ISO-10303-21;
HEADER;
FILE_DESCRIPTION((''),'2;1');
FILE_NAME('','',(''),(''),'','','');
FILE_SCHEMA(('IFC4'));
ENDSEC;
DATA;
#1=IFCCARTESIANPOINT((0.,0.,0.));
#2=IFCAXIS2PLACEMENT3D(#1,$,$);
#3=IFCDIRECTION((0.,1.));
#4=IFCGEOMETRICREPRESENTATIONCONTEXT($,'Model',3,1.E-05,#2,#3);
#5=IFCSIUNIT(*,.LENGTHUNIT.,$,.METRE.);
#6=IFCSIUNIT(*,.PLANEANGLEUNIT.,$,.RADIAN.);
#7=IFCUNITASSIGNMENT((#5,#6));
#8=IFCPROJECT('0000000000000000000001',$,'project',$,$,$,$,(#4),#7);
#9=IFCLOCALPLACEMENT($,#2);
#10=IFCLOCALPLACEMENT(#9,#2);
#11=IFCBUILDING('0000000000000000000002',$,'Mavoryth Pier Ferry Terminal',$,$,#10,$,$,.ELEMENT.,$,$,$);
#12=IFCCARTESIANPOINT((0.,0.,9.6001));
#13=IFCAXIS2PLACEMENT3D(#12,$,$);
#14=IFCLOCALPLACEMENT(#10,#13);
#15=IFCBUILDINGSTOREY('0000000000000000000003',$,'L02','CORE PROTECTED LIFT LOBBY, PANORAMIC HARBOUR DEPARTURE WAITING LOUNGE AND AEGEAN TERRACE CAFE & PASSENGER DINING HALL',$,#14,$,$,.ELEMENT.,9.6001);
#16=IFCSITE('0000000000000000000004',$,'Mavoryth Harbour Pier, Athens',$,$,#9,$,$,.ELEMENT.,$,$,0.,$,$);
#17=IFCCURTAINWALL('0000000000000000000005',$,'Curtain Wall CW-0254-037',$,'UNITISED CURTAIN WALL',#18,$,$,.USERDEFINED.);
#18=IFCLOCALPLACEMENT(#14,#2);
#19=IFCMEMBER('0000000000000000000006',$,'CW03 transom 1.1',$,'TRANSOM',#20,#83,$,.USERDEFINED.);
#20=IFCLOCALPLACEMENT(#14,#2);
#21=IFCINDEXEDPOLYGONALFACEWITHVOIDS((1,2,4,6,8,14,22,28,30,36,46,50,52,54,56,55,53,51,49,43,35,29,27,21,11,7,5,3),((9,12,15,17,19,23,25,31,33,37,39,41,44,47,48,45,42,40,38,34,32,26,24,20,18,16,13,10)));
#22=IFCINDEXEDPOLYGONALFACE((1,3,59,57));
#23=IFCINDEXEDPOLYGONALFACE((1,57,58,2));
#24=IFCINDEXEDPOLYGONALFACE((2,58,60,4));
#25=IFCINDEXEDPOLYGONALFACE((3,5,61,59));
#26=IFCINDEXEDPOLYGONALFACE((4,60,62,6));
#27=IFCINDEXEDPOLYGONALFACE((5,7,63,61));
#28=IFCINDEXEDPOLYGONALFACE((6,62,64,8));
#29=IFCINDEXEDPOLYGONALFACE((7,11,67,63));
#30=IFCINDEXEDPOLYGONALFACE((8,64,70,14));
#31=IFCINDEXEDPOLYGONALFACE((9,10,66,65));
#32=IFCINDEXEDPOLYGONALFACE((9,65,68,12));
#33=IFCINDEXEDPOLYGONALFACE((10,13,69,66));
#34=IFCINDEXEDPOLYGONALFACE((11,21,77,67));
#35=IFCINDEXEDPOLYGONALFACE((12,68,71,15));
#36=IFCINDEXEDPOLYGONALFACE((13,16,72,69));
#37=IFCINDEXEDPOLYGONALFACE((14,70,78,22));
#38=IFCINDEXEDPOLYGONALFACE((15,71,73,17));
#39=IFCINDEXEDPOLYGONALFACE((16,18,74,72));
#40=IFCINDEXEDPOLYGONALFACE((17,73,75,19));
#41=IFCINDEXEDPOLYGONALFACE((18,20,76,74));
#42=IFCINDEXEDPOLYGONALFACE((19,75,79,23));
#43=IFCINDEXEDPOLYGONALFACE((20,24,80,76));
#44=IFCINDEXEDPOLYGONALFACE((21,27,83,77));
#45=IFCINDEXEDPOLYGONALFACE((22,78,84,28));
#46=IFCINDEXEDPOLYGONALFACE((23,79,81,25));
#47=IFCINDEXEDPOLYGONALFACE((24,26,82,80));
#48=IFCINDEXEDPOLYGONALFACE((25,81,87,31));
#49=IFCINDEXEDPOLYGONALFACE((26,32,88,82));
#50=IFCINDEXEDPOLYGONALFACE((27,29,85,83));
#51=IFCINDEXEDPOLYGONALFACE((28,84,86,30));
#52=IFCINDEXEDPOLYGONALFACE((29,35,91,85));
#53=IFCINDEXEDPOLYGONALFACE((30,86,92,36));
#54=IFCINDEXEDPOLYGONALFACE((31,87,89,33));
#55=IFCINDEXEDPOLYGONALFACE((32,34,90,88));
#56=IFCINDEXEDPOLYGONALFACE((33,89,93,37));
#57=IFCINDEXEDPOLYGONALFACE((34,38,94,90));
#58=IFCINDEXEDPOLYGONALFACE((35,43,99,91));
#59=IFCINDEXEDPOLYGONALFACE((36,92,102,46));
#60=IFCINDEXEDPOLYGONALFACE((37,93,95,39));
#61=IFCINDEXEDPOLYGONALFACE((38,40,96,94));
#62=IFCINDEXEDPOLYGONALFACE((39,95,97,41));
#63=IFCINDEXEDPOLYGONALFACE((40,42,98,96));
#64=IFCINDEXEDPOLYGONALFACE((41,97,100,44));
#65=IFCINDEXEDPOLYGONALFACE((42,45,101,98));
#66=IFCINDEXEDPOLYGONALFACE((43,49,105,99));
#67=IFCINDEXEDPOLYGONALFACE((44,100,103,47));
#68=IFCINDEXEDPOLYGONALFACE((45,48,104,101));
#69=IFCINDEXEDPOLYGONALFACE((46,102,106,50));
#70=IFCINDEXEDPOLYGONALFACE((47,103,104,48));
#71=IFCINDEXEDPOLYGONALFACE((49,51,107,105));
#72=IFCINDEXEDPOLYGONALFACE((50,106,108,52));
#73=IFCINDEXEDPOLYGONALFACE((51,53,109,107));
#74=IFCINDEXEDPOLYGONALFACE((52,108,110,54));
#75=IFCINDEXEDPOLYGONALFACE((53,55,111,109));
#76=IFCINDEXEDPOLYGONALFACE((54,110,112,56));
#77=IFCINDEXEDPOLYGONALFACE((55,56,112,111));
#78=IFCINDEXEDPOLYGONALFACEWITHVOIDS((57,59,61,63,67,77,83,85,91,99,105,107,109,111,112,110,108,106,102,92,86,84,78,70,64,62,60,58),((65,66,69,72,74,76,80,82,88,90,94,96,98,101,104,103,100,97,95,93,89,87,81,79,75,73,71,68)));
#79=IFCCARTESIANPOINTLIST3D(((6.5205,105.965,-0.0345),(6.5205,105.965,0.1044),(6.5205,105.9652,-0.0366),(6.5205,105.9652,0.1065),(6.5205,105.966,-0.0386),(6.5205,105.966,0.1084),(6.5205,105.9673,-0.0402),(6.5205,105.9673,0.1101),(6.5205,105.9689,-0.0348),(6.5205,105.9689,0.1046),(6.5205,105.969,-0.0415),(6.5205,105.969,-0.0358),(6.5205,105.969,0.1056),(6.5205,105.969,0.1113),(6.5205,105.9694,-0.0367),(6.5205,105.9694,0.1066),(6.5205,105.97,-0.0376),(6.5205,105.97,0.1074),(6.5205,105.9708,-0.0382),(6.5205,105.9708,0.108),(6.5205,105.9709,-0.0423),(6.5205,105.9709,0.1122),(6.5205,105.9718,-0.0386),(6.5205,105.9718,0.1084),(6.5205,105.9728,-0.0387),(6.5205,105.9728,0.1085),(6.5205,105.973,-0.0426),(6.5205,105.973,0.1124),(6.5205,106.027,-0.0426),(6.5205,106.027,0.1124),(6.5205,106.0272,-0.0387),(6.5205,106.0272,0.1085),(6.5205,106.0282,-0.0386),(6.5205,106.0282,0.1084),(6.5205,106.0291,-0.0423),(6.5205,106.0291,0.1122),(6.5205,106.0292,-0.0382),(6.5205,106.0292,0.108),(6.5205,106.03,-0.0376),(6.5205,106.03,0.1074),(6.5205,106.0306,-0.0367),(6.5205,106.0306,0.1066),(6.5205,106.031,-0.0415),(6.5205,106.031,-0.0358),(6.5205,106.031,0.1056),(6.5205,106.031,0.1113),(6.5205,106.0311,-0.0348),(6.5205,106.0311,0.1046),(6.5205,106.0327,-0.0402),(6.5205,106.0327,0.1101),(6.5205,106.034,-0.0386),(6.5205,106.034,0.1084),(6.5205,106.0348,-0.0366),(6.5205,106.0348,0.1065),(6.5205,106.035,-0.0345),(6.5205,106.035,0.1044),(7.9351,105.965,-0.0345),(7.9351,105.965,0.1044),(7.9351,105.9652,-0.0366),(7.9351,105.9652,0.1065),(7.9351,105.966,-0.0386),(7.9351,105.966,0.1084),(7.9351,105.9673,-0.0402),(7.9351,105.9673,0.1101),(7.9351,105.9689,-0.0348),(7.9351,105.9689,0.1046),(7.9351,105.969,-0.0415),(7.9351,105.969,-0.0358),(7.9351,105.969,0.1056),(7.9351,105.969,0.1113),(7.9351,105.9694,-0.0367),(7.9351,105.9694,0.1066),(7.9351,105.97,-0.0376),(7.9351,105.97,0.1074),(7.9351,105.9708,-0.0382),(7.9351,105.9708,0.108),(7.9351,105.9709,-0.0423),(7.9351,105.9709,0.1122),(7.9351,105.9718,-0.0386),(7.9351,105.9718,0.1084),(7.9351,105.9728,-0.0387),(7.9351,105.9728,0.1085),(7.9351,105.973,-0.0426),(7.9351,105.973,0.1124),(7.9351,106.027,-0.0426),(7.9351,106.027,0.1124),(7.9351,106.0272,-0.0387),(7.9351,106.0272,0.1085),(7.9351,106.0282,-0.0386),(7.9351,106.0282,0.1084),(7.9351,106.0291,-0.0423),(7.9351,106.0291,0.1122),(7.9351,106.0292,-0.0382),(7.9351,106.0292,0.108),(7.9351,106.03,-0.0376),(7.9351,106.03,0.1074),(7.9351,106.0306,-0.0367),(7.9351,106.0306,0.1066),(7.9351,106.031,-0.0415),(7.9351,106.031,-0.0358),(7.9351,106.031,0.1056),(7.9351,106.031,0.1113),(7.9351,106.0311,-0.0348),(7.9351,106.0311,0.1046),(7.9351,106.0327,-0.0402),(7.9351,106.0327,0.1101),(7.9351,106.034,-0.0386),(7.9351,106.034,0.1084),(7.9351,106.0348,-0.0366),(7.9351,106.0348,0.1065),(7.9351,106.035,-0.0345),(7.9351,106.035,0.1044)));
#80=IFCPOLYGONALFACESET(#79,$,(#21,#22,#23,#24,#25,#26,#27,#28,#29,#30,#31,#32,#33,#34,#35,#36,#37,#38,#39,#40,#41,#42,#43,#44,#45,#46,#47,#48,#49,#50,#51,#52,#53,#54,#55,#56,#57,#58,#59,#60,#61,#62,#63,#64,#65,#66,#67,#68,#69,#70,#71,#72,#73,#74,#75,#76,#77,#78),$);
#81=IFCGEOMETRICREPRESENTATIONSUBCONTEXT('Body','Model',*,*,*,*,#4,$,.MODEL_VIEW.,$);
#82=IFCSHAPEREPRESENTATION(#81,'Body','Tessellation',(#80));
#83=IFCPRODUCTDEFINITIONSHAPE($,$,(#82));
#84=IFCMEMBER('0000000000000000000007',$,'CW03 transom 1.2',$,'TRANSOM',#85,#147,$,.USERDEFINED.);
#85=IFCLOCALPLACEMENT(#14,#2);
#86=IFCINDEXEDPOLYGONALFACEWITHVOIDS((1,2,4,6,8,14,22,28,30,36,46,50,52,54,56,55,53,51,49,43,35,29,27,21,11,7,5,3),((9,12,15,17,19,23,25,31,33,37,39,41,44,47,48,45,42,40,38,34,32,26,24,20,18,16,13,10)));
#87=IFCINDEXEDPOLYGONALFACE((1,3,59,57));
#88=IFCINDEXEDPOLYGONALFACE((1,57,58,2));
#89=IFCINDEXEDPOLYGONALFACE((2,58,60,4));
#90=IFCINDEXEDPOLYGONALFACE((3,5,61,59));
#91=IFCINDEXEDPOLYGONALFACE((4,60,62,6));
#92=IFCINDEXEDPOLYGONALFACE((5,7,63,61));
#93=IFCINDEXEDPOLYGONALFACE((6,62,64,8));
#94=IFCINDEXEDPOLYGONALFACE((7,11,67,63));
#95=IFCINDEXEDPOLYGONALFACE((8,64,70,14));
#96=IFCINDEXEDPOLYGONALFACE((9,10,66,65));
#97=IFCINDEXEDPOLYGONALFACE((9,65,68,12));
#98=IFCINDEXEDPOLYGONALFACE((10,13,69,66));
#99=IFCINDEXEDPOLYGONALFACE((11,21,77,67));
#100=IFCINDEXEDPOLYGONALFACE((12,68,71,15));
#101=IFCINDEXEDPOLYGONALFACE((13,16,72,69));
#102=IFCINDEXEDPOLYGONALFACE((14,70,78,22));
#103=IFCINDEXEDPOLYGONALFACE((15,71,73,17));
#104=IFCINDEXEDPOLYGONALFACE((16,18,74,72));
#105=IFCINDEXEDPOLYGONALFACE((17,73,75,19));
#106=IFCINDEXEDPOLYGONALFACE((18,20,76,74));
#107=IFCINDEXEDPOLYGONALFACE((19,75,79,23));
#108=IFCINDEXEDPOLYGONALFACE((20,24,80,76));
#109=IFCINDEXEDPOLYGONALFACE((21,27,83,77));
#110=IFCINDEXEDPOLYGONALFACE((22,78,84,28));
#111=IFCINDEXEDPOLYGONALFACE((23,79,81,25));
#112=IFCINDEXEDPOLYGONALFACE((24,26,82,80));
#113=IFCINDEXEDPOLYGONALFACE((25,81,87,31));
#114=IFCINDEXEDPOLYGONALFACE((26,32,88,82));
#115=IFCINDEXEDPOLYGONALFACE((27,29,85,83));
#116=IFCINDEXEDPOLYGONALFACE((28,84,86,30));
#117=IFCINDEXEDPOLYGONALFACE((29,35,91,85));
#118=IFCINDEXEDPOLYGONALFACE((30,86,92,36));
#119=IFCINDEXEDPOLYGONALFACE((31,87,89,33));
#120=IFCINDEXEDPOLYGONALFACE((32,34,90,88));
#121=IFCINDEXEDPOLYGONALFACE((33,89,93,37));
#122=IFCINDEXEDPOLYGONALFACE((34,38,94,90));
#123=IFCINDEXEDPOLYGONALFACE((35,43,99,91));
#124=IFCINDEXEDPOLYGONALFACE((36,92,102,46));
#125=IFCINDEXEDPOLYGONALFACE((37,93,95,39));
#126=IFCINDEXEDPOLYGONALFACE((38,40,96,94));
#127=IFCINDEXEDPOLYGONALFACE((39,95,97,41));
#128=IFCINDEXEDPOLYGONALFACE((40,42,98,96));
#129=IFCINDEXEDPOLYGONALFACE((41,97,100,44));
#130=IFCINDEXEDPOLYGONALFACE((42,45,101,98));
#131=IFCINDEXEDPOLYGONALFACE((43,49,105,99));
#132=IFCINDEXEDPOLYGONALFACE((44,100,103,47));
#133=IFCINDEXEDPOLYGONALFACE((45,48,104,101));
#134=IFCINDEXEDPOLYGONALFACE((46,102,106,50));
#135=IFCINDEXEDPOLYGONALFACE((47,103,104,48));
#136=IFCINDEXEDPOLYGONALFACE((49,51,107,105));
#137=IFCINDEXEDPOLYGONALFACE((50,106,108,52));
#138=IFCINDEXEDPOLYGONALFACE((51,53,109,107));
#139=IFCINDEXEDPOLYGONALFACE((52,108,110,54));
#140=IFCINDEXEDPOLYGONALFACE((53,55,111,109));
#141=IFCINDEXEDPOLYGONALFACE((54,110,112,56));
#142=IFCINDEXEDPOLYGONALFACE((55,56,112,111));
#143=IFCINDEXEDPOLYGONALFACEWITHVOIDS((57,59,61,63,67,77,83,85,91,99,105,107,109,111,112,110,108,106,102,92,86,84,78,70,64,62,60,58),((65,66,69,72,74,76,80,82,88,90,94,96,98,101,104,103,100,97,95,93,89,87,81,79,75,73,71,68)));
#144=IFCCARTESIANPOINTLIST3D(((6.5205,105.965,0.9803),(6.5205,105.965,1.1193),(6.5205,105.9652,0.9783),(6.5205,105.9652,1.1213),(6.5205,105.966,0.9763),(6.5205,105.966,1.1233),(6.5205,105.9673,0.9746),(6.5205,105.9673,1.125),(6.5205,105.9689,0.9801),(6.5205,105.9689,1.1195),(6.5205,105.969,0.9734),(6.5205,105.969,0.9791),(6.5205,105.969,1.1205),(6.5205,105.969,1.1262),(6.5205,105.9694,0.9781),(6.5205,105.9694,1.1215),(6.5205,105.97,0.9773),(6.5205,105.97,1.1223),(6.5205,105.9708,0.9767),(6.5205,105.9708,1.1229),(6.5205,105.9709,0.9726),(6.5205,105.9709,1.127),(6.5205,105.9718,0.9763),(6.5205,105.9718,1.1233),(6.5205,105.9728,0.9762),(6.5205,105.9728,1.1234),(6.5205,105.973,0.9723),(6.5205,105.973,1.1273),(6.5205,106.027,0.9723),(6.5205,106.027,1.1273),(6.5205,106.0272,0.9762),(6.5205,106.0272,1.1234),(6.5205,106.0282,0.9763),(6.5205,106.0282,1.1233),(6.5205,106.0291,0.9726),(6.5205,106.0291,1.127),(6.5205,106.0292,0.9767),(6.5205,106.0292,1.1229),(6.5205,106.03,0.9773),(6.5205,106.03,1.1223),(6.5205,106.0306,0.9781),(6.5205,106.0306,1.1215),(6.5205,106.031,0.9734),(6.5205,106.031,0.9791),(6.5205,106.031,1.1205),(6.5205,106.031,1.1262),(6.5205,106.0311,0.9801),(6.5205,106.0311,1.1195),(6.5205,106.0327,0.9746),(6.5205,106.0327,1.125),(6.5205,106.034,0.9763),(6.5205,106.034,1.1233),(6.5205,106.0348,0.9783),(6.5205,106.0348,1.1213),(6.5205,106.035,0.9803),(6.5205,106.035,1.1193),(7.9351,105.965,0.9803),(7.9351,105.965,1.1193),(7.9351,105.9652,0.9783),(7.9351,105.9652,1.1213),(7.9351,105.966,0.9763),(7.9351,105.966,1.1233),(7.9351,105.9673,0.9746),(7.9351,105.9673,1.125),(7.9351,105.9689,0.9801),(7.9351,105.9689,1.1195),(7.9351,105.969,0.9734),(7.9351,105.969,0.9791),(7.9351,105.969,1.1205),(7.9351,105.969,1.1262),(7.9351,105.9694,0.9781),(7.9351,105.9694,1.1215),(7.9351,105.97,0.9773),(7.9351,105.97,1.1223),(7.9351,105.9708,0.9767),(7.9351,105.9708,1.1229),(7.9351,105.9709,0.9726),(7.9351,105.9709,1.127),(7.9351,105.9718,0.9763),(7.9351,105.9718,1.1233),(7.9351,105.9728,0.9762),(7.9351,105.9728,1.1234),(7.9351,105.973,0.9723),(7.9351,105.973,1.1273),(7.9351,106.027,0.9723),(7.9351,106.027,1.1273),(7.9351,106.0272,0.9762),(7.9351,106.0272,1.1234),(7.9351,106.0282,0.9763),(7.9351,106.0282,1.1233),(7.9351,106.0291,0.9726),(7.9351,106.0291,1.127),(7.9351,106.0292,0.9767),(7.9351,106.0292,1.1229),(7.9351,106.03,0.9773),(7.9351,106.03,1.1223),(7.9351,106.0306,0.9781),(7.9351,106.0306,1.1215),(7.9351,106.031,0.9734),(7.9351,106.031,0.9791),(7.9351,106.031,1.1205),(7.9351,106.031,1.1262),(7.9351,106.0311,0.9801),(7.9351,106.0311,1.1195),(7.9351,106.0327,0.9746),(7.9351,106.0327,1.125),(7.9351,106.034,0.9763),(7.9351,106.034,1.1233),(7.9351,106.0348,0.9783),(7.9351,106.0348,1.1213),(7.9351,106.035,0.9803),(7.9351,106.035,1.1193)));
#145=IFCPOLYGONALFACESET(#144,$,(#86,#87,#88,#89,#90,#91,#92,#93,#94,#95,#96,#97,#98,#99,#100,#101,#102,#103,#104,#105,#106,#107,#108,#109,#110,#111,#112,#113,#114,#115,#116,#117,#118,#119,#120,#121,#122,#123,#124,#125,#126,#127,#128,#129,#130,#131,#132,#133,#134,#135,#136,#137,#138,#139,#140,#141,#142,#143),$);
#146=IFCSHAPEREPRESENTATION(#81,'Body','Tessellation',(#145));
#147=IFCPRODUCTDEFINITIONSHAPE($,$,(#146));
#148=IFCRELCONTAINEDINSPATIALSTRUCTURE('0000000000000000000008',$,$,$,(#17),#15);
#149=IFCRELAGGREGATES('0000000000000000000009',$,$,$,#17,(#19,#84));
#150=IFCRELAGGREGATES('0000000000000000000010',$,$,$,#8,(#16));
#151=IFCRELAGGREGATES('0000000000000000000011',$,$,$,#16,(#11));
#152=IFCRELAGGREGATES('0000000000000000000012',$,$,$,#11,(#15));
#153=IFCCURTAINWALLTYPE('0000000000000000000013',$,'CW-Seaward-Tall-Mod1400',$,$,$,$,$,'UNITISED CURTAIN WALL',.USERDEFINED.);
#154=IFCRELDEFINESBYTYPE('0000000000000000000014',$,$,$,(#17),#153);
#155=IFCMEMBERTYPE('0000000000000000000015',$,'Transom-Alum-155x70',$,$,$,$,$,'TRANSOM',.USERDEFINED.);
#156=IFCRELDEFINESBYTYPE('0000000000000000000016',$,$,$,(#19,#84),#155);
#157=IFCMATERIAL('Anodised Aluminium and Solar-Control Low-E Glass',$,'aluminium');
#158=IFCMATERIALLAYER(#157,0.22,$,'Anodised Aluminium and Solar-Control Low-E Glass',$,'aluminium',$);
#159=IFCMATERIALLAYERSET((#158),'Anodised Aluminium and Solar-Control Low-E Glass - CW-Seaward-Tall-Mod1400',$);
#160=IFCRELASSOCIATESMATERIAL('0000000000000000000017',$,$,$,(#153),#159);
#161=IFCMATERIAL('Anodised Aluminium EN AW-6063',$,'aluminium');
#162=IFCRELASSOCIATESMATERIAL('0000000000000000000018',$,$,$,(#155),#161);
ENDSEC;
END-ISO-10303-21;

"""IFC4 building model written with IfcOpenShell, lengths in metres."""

from ifc_helpers import new_model, si_unit, direction, frame, origin, origin_2d, place, context, subcontext, project, spatial, hollow_rectangle, extrude, material, layer, layer_set, material_profile, profile_set, type_object, element, aggregate, save


model = new_model("IFC4")

# Units and contexts
model_context = context("Model", 3, precision=1e-05, world=origin(), true_north=direction((0.0, 1.0)))
body_context = subcontext(model_context, "Body", "Model", "MODEL_VIEW")
ifc_project = project(units=[si_unit("LENGTHUNIT", "METRE"), si_unit("PLANEANGLEUNIT", "RADIAN")], contexts=[model_context])

# Site, building, storey
site_placement = place(None, origin())
site = spatial("IfcSite", under=ifc_project, at=site_placement, Name="Mavoryth Harbour Pier, Athens", CompositionType="ELEMENT", RefElevation=0.0)
building_placement = place(site_placement, origin())
building = spatial("IfcBuilding", under=site, at=building_placement, Name="Mavoryth Pier Ferry Terminal", CompositionType="ELEMENT")
storey_placement = place(building_placement, frame((0.0, 0.0, 9.6001)))
storey = spatial("IfcBuildingStorey", under=building, at=storey_placement, Name="L02", Description="CORE PROTECTED LIFT LOBBY, PANORAMIC HARBOUR DEPARTURE WAITING LOUNGE AND AEGEAN TERRACE CAFE & PASSENGER DINING HALL", CompositionType="ELEMENT", Elevation=9.6001)

# Curtain wall, members
ifc_material_1 = material(Name="Anodised Aluminium and Solar-Control Low-E Glass", Category="aluminium")
ifc_layer_1 = layer(ifc_material_1, 0.22, Name="Anodised Aluminium and Solar-Control Low-E Glass", Category="aluminium")
ifc_layer_set_1 = layer_set([ifc_layer_1], Name="Anodised Aluminium and Solar-Control Low-E Glass - CW-Seaward-Tall-Mod1400")
curtain_wall_type = type_object("IfcCurtainWallType", Name="CW-Seaward-Tall-Mod1400", ElementType="UNITISED CURTAIN WALL", PredefinedType="USERDEFINED", material=ifc_layer_set_1)
curtain_wall_placement = place(storey_placement, origin())
curtain_wall = element("IfcCurtainWall", 1, at=curtain_wall_placement, inside=storey, type_object=curtain_wall_type, Name="Curtain Wall CW-0254-037", ObjectType="UNITISED CURTAIN WALL", PredefinedType="USERDEFINED")
ifc_material_2 = material(Name="Anodised Aluminium EN AW-6063", Category="aluminium")
ifc_material_profile_1 = material_profile(ifc_material_2, hollow_rectangle(XDim=0.0701, YDim=0.155, WallThickness=0.0039, InnerFilletRadius=0.0039, OuterFilletRadius=0.0081, at=origin_2d()), Name="AL-TRAN 155x70x4", Category="aluminium")
ifc_profile_set_1 = profile_set([ifc_material_profile_1], Name="Anodised Aluminium EN AW-6063 - AL-TRAN 155x70x4")
member_type_1 = type_object("IfcMemberType", Name="Transom-Alum-155x70", ElementType="TRANSOM", PredefinedType="USERDEFINED", material=ifc_profile_set_1)
member_1_placement = place(storey_placement, frame((7.9351, 106.0, 0.0349), z_axis=(-1.0, 0.0, 0.0), x_axis=(0.0, -1.0, 0.0)))
member_1 = element("IfcMember", 2, at=member_1_placement, type_object=member_type_1, Name="CW03 transom 1.1", ObjectType="TRANSOM", PredefinedType="USERDEFINED", context=body_context, shape_type="SweptSolid", body=[
    extrude(hollow_rectangle(XDim=0.0701, YDim=0.155, WallThickness=0.0039, InnerFilletRadius=0.0039, OuterFilletRadius=0.0081, at=origin_2d()), origin(), (0.0, 0.0, 1.0), 1.4146),
])
member_2_placement = place(storey_placement, frame((7.9351, 106.0, 1.0498), z_axis=(-1.0, 0.0, 0.0), x_axis=(0.0, -1.0, 0.0)))
member_2 = element("IfcMember", 3, at=member_2_placement, type_object=member_type_1, Name="CW03 transom 1.2", ObjectType="TRANSOM", PredefinedType="USERDEFINED", context=body_context, shape_type="SweptSolid", body=[
    extrude(hollow_rectangle(XDim=0.0701, YDim=0.155, WallThickness=0.0039, InnerFilletRadius=0.0039, OuterFilletRadius=0.0081, at=origin_2d()), origin(), (0.0, 0.0, 1.0), 1.4146),
])
aggregate(curtain_wall, [member_1, member_2])

save(model, "model.ifc")
